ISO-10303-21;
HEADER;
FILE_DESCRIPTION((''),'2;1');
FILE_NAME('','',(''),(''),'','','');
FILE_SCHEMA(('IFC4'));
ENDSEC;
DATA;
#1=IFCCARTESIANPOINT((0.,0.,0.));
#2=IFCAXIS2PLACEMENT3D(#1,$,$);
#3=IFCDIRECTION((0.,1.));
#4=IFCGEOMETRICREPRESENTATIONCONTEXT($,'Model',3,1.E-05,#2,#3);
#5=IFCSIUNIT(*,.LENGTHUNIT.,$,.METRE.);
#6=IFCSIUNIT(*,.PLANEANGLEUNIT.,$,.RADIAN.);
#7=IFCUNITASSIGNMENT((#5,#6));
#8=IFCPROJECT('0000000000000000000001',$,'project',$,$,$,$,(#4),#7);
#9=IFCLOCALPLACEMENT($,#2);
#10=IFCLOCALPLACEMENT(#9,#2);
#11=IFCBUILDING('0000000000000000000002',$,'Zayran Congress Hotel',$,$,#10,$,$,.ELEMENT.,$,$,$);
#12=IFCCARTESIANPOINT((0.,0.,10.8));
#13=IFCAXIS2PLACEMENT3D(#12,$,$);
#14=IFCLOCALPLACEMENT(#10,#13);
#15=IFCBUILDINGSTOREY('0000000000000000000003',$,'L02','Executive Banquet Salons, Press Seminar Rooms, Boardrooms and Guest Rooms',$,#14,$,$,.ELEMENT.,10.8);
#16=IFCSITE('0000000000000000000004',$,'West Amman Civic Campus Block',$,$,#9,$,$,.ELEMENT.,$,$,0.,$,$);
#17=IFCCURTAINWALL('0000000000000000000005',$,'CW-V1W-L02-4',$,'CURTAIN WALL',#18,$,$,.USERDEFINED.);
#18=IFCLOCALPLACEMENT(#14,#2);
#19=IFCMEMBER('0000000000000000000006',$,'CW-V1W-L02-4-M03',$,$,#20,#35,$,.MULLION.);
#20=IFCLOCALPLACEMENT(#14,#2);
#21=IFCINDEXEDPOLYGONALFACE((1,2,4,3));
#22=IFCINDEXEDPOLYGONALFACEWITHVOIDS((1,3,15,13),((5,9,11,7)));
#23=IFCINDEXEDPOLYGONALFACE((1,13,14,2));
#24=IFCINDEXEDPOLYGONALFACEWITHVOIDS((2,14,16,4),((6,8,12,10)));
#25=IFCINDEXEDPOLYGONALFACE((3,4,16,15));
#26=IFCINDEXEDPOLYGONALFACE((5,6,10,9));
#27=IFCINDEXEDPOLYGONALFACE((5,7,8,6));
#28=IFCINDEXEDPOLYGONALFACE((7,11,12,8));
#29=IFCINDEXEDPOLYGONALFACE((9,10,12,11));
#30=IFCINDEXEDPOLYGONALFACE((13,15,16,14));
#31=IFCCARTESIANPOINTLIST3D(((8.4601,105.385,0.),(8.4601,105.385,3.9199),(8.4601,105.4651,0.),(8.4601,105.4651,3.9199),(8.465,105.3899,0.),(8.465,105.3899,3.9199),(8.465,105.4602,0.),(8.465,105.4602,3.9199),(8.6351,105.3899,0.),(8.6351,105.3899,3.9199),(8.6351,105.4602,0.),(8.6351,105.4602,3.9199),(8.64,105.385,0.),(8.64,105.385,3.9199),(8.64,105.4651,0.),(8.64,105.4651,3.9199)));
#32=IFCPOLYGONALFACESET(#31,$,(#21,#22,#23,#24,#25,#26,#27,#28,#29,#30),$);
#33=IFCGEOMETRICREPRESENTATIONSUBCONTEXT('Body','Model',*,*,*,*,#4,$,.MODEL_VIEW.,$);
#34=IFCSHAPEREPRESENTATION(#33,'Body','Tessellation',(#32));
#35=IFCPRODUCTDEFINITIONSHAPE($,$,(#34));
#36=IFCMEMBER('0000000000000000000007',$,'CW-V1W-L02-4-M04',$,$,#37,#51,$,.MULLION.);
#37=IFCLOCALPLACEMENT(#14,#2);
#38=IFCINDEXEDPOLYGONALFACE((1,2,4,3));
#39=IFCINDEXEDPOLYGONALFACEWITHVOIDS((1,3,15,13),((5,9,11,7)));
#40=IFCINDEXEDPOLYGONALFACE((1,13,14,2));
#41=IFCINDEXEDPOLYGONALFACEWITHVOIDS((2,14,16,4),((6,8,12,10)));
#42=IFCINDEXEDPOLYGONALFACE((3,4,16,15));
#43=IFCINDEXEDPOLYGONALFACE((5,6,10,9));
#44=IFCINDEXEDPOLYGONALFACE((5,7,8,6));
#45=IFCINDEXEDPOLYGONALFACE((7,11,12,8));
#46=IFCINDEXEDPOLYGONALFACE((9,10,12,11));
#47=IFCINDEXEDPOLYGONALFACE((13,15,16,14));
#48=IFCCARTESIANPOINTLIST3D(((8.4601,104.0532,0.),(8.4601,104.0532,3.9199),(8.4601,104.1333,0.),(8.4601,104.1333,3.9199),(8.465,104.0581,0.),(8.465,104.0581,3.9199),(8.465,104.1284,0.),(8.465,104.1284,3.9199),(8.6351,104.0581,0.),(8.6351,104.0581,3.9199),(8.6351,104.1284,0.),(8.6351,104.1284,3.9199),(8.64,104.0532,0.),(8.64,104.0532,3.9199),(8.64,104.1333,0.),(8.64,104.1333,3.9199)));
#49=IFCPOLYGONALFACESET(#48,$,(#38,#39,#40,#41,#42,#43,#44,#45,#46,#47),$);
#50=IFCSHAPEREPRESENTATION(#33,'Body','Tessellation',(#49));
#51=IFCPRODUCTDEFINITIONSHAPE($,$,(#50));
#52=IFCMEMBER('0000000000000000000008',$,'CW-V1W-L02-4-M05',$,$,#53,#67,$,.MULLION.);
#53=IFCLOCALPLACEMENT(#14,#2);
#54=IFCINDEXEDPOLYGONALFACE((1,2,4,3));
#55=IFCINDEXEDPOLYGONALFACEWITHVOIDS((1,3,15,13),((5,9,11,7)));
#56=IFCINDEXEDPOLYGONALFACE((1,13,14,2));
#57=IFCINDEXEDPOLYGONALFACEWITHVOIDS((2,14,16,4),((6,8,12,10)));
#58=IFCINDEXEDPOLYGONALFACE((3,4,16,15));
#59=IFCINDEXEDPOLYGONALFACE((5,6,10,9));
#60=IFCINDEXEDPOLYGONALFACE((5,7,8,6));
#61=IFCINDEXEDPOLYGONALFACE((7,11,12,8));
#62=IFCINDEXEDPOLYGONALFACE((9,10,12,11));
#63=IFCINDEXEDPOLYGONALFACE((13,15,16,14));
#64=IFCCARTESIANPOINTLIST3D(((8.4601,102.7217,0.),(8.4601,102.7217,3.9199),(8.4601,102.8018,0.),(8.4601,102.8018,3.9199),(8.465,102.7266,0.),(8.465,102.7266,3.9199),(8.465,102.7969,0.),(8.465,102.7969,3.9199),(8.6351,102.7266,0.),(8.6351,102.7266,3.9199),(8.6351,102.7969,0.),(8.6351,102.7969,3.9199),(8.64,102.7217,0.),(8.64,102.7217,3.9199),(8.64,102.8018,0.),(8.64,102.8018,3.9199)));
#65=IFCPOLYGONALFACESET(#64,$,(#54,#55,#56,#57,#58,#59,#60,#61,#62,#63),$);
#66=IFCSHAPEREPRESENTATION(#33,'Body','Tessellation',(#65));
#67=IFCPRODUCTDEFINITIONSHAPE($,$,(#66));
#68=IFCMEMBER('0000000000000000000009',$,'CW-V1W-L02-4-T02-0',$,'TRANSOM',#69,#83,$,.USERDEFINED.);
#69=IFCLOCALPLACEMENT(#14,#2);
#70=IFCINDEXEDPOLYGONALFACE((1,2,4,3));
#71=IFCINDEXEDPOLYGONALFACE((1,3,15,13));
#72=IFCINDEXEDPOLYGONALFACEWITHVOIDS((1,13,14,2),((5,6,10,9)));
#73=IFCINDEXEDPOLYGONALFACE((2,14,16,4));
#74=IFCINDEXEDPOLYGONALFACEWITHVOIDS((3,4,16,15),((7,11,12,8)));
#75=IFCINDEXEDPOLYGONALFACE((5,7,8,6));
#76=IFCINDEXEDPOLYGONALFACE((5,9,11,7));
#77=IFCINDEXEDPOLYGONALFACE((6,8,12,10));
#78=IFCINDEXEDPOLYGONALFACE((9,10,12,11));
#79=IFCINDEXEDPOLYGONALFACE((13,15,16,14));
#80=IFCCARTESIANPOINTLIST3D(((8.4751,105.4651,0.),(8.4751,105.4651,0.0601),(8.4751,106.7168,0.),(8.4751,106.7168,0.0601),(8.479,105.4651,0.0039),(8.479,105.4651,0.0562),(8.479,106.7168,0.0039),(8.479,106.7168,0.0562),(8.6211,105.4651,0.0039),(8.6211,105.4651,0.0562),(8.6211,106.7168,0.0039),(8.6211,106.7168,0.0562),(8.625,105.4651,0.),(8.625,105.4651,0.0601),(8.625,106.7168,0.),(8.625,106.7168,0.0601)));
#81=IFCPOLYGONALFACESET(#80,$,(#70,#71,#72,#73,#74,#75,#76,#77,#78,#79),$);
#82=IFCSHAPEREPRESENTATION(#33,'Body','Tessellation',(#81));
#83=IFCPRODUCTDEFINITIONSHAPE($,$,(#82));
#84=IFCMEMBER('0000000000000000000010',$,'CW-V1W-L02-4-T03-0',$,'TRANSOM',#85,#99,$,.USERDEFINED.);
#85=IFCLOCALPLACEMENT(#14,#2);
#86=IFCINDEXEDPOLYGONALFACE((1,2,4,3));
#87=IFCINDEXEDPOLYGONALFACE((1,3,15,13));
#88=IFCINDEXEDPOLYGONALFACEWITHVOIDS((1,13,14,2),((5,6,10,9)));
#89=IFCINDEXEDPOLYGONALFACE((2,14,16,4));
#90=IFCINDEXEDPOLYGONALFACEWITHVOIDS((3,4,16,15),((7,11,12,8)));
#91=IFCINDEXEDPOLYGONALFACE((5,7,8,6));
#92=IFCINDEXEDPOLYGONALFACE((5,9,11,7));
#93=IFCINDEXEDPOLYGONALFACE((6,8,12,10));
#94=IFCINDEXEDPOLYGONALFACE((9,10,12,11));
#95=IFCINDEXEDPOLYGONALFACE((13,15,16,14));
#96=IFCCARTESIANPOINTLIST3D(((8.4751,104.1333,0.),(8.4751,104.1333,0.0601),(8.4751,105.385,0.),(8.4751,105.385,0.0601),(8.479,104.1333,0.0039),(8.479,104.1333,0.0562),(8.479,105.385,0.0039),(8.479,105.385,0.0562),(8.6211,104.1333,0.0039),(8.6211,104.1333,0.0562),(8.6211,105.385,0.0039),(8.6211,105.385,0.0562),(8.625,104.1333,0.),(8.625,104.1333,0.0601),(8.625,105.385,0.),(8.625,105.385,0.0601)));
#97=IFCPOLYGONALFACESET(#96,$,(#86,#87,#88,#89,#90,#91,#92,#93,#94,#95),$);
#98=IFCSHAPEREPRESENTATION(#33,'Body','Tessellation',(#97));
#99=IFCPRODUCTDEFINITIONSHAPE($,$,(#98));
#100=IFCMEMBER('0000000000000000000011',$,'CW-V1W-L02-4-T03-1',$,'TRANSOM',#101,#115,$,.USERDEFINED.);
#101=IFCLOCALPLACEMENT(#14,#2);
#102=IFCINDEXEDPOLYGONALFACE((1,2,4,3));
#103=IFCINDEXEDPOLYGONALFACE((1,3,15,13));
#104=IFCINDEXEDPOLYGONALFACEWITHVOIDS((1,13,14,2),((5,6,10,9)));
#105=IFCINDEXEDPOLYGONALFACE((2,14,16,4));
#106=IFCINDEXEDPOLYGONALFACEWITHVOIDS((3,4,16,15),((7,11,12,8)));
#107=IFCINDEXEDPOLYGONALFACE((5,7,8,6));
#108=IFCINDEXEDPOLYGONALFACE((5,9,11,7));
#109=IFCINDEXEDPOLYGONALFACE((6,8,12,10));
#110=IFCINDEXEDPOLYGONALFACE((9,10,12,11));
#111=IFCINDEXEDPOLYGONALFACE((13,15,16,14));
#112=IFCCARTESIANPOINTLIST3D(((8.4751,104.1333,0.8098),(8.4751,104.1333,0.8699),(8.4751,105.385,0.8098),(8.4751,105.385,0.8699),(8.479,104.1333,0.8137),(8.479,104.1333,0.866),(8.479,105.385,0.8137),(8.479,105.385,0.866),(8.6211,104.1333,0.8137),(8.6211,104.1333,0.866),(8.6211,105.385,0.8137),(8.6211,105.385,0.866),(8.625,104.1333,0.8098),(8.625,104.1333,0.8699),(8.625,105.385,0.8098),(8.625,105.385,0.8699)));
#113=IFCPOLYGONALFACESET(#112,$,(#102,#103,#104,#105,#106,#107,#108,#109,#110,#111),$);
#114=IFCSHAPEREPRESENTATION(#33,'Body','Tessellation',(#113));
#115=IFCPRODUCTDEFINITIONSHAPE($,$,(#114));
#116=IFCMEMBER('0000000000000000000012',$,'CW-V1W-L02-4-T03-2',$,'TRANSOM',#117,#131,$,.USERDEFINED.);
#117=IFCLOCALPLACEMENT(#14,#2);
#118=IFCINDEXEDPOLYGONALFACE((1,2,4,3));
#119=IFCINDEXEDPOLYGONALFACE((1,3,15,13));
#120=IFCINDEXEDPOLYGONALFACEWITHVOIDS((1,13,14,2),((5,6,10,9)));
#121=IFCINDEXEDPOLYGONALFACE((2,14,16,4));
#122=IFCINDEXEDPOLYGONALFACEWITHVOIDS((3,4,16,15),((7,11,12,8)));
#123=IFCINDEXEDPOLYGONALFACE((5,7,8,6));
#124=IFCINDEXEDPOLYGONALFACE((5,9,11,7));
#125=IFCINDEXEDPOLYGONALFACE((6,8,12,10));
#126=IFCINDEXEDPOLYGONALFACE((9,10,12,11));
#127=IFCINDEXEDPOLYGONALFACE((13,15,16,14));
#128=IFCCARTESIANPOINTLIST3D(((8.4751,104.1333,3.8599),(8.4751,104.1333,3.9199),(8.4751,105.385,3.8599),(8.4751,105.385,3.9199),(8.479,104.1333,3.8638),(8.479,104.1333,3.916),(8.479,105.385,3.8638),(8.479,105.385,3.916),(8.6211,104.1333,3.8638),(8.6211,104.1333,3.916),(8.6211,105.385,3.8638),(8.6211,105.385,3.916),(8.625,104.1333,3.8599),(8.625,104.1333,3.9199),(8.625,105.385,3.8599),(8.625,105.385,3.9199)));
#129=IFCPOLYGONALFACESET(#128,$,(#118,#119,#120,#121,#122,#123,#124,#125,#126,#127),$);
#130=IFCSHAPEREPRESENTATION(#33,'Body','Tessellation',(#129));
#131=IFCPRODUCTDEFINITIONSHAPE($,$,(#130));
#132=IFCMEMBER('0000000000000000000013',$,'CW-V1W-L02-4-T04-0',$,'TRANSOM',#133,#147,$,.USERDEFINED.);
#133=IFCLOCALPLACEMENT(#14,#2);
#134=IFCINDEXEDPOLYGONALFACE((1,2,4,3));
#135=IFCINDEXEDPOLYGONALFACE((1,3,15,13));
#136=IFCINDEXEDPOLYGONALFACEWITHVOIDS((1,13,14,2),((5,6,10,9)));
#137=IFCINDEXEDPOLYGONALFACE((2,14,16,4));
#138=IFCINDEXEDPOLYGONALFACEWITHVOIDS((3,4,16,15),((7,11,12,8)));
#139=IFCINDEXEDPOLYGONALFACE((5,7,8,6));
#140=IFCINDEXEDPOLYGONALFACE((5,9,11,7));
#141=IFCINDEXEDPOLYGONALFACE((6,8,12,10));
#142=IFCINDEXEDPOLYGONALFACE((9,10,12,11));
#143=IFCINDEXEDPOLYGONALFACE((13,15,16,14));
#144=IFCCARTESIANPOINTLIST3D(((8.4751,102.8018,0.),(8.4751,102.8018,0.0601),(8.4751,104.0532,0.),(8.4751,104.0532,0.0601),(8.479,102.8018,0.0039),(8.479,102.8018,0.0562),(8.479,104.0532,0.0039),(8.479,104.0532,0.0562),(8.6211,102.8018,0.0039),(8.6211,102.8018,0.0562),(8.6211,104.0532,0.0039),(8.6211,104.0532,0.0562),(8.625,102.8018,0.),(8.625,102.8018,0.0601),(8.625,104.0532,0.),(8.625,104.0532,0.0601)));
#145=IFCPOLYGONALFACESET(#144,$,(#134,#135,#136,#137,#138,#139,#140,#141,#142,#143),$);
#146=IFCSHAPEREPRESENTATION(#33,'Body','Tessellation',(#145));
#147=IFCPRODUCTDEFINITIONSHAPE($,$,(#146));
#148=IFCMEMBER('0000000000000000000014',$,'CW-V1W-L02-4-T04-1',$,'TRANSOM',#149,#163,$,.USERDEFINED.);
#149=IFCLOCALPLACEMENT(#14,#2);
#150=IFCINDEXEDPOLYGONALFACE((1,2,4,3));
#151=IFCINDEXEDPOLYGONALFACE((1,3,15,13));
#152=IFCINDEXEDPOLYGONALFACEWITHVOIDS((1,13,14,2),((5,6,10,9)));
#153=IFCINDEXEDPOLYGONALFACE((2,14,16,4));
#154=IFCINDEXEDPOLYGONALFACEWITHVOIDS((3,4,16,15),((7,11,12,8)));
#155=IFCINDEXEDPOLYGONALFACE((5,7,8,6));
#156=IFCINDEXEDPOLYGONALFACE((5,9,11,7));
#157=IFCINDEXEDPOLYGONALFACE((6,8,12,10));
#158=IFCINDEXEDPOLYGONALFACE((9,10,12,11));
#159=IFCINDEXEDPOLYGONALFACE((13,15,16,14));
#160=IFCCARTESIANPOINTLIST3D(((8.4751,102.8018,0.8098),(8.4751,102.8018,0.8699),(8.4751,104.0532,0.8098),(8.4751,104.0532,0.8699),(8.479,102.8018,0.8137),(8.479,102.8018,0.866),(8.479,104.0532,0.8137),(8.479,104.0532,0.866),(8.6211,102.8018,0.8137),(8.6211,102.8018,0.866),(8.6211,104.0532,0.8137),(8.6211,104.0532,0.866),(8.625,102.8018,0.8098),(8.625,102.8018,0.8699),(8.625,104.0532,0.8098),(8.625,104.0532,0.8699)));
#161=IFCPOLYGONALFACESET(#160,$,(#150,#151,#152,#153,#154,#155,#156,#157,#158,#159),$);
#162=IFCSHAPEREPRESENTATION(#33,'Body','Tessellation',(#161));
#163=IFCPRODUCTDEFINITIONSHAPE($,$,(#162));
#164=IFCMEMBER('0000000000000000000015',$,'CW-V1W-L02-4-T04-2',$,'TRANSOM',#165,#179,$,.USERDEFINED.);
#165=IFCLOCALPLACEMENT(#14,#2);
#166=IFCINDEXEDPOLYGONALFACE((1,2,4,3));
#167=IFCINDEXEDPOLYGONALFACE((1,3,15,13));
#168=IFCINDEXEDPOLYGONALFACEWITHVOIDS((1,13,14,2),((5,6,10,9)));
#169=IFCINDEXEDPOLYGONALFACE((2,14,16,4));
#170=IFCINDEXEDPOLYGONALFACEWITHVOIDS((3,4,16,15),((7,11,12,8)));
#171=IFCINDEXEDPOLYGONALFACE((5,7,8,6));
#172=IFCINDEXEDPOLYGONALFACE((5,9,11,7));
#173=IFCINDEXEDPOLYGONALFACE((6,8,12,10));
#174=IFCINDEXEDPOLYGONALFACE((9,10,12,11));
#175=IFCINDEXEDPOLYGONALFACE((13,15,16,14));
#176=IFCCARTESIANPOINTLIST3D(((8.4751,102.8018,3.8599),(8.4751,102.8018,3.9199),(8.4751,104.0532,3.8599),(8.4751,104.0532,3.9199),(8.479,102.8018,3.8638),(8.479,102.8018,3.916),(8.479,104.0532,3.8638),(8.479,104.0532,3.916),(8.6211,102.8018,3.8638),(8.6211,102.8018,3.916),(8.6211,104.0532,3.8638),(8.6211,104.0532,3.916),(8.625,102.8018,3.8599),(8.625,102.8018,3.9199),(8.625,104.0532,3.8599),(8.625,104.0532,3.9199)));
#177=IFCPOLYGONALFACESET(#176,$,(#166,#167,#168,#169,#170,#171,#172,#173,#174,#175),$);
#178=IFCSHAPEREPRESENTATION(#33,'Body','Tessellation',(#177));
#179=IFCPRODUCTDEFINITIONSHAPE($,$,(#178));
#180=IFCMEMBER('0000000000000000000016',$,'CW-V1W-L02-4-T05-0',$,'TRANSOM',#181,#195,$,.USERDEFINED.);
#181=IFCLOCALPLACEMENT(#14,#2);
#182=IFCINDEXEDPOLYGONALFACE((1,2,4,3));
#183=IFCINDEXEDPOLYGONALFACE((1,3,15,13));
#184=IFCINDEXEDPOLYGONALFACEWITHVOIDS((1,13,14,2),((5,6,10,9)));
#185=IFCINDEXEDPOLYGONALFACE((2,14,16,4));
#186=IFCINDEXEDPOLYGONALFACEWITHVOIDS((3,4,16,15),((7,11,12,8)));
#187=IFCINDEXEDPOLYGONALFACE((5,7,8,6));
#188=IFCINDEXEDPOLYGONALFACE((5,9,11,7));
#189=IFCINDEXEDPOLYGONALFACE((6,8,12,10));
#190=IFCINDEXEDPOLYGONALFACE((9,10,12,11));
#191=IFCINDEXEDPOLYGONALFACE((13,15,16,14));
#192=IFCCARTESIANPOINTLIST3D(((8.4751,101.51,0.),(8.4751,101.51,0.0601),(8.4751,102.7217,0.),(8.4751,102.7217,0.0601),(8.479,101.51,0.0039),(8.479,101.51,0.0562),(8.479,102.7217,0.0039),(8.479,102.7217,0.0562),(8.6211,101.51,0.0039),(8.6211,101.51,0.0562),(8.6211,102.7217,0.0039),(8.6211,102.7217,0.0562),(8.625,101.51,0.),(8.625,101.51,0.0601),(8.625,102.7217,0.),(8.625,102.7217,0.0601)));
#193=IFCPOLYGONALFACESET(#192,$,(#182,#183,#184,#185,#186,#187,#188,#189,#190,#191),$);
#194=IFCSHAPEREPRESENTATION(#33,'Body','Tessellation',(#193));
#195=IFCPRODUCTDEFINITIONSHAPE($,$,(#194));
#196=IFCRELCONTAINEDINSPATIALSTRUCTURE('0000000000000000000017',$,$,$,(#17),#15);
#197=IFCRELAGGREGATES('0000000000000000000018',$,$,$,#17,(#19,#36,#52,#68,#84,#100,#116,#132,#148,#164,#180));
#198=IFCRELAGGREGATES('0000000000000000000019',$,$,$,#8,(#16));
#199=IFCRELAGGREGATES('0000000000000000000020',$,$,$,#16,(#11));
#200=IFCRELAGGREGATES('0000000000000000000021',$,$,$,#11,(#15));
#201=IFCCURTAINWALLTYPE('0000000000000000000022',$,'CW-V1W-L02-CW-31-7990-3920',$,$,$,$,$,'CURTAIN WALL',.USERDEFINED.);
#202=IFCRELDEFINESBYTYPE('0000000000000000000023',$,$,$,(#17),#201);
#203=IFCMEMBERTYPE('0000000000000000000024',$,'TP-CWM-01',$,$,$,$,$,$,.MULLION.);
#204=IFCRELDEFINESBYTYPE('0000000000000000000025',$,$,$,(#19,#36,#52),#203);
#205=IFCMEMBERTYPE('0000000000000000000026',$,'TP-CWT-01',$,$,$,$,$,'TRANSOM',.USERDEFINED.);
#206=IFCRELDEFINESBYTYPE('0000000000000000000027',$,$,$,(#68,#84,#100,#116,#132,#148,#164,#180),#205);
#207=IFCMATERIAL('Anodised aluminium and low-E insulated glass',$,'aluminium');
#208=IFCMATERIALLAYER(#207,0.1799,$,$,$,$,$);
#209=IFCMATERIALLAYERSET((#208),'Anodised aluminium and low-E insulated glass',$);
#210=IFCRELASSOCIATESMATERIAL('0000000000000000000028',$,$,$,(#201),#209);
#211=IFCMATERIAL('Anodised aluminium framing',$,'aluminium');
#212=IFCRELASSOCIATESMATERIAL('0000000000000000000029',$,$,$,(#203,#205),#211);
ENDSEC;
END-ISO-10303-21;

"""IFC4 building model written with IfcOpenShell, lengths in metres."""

from ifc_helpers import new_model, si_unit, direction, frame, origin, origin_2d, place, context, subcontext, project, spatial, hollow_rectangle, extrude, material, layer, layer_set, material_profile, profile_set, type_object, element, aggregate, save


model = new_model("IFC4")

# Units and contexts
model_context = context("Model", 3, precision=1e-05, world=origin(), true_north=direction((0.0, 1.0)))
body_context = subcontext(model_context, "Body", "Model", "MODEL_VIEW")
ifc_project = project(units=[si_unit("LENGTHUNIT", "METRE"), si_unit("PLANEANGLEUNIT", "RADIAN")], contexts=[model_context])

# Site, building, storey
site_placement = place(None, origin())
site = spatial("IfcSite", under=ifc_project, at=site_placement, Name="West Amman Civic Campus Block", CompositionType="ELEMENT", RefElevation=0.0)
building_placement = place(site_placement, origin())
building = spatial("IfcBuilding", under=site, at=building_placement, Name="Zayran Congress Hotel", CompositionType="ELEMENT")
storey_placement = place(building_placement, frame((0.0, 0.0, 10.8)))
storey = spatial("IfcBuildingStorey", under=building, at=storey_placement, Name="L02", Description="Executive Banquet Salons, Press Seminar Rooms, Boardrooms and Guest Rooms", CompositionType="ELEMENT", Elevation=10.8)

# Curtain wall, members
ifc_material_1 = material(Name="Anodised aluminium and low-E insulated glass", Category="aluminium")
ifc_layer_1 = layer(ifc_material_1, 0.1799)
ifc_layer_set_1 = layer_set([ifc_layer_1], Name="Anodised aluminium and low-E insulated glass")
curtain_wall_type = type_object("IfcCurtainWallType", Name="CW-V1W-L02-CW-31-7990-3920", ElementType="CURTAIN WALL", PredefinedType="USERDEFINED", material=ifc_layer_set_1)
curtain_wall_placement = place(storey_placement, origin())
curtain_wall = element("IfcCurtainWall", 1, at=curtain_wall_placement, inside=storey, type_object=curtain_wall_type, Name="CW-V1W-L02-4", ObjectType="CURTAIN WALL", PredefinedType="USERDEFINED")
ifc_material_2 = material(Name="Anodised aluminium framing", Category="aluminium")
ifc_material_profile_1 = material_profile(ifc_material_2, hollow_rectangle(XDim=0.0801, YDim=0.1799, WallThickness=0.0049, at=origin_2d()), Name="RHS 180x80x5")
ifc_profile_set_1 = profile_set([ifc_material_profile_1], Name="Anodised aluminium framing")
member_type_1 = type_object("IfcMemberType", Name="TP-CWM-01", PredefinedType="MULLION", material=ifc_profile_set_1)
member_1_placement = place(storey_placement, frame((8.55, 105.425, 0.0), z_axis=(0.0, 0.0, 1.0), x_axis=(0.0, 1.0, 0.0)))
member_1 = element("IfcMember", 2, at=member_1_placement, type_object=member_type_1, Name="CW-V1W-L02-4-M03", PredefinedType="MULLION", context=body_context, shape_type="SweptSolid", body=[
    extrude(hollow_rectangle(XDim=0.0801, YDim=0.1799, WallThickness=0.0049, at=origin_2d()), origin(), (0.0, 0.0, 1.0), 3.9199),
])
member_2_placement = place(storey_placement, frame((8.55, 104.0933, 0.0), z_axis=(0.0, 0.0, 1.0), x_axis=(0.0, 1.0, 0.0)))
member_2 = element("IfcMember", 3, at=member_2_placement, type_object=member_type_1, Name="CW-V1W-L02-4-M04", PredefinedType="MULLION", context=body_context, shape_type="SweptSolid", body=[
    extrude(hollow_rectangle(XDim=0.0801, YDim=0.1799, WallThickness=0.0049, at=origin_2d()), origin(), (0.0, 0.0, 1.0), 3.9199),
])
member_3_placement = place(storey_placement, frame((8.55, 102.7617, 0.0), z_axis=(0.0, 0.0, 1.0), x_axis=(0.0, 1.0, 0.0)))
member_3 = element("IfcMember", 4, at=member_3_placement, type_object=member_type_1, Name="CW-V1W-L02-4-M05", PredefinedType="MULLION", context=body_context, shape_type="SweptSolid", body=[
    extrude(hollow_rectangle(XDim=0.0801, YDim=0.1799, WallThickness=0.0049, at=origin_2d()), origin(), (0.0, 0.0, 1.0), 3.9199),
])
ifc_material_profile_2 = material_profile(ifc_material_2, hollow_rectangle(XDim=0.0601, YDim=0.1499, WallThickness=0.0039, at=origin_2d()), Name="RHS 150x60x4")
ifc_profile_set_2 = profile_set([ifc_material_profile_2], Name="Anodised aluminium framing")
member_type_2 = type_object("IfcMemberType", Name="TP-CWT-01", ElementType="TRANSOM", PredefinedType="USERDEFINED", material=ifc_profile_set_2)
member_4_placement = place(storey_placement, frame((8.55, 106.7168, 0.03), z_axis=(0.0, -1.0, 0.0), x_axis=(0.0, 0.0, 1.0)))
member_4 = element("IfcMember", 5, at=member_4_placement, type_object=member_type_2, Name="CW-V1W-L02-4-T02-0", ObjectType="TRANSOM", PredefinedType="USERDEFINED", context=body_context, shape_type="SweptSolid", body=[
    extrude(hollow_rectangle(XDim=0.0601, YDim=0.1499, WallThickness=0.0039, at=origin_2d()), origin(), (0.0, 0.0, 1.0), 1.2517),
])
member_5_placement = place(storey_placement, frame((8.55, 105.385, 0.03), z_axis=(0.0, -1.0, 0.0), x_axis=(0.0, 0.0, 1.0)))
member_5 = element("IfcMember", 6, at=member_5_placement, type_object=member_type_2, Name="CW-V1W-L02-4-T03-0", ObjectType="TRANSOM", PredefinedType="USERDEFINED", context=body_context, shape_type="SweptSolid", body=[
    extrude(hollow_rectangle(XDim=0.0601, YDim=0.1499, WallThickness=0.0039, at=origin_2d()), origin(), (0.0, 0.0, 1.0), 1.2517),
])
member_6_placement = place(storey_placement, frame((8.55, 105.385, 0.8398), z_axis=(0.0, -1.0, 0.0), x_axis=(0.0, 0.0, 1.0)))
member_6 = element("IfcMember", 7, at=member_6_placement, type_object=member_type_2, Name="CW-V1W-L02-4-T03-1", ObjectType="TRANSOM", PredefinedType="USERDEFINED", context=body_context, shape_type="SweptSolid", body=[
    extrude(hollow_rectangle(XDim=0.0601, YDim=0.1499, WallThickness=0.0039, at=origin_2d()), origin(), (0.0, 0.0, 1.0), 1.2517),
])
member_7_placement = place(storey_placement, frame((8.55, 105.385, 3.8899), z_axis=(0.0, -1.0, 0.0), x_axis=(0.0, 0.0, 1.0)))
member_7 = element("IfcMember", 8, at=member_7_placement, type_object=member_type_2, Name="CW-V1W-L02-4-T03-2", ObjectType="TRANSOM", PredefinedType="USERDEFINED", context=body_context, shape_type="SweptSolid", body=[
    extrude(hollow_rectangle(XDim=0.0601, YDim=0.1499, WallThickness=0.0039, at=origin_2d()), origin(), (0.0, 0.0, 1.0), 1.2517),
])
member_8_placement = place(storey_placement, frame((8.55, 104.0532, 0.03), z_axis=(0.0, -1.0, 0.0), x_axis=(0.0, 0.0, 1.0)))
member_8 = element("IfcMember", 9, at=member_8_placement, type_object=member_type_2, Name="CW-V1W-L02-4-T04-0", ObjectType="TRANSOM", PredefinedType="USERDEFINED", context=body_context, shape_type="SweptSolid", body=[
    extrude(hollow_rectangle(XDim=0.0601, YDim=0.1499, WallThickness=0.0039, at=origin_2d()), origin(), (0.0, 0.0, 1.0), 1.2515),
])
member_9_placement = place(storey_placement, frame((8.55, 104.0532, 0.8398), z_axis=(0.0, -1.0, 0.0), x_axis=(0.0, 0.0, 1.0)))
member_9 = element("IfcMember", 10, at=member_9_placement, type_object=member_type_2, Name="CW-V1W-L02-4-T04-1", ObjectType="TRANSOM", PredefinedType="USERDEFINED", context=body_context, shape_type="SweptSolid", body=[
    extrude(hollow_rectangle(XDim=0.0601, YDim=0.1499, WallThickness=0.0039, at=origin_2d()), origin(), (0.0, 0.0, 1.0), 1.2515),
])
member_10_placement = place(storey_placement, frame((8.55, 104.0532, 3.8899), z_axis=(0.0, -1.0, 0.0), x_axis=(0.0, 0.0, 1.0)))
member_10 = element("IfcMember", 11, at=member_10_placement, type_object=member_type_2, Name="CW-V1W-L02-4-T04-2", ObjectType="TRANSOM", PredefinedType="USERDEFINED", context=body_context, shape_type="SweptSolid", body=[
    extrude(hollow_rectangle(XDim=0.0601, YDim=0.1499, WallThickness=0.0039, at=origin_2d()), origin(), (0.0, 0.0, 1.0), 1.2515),
])
member_11_placement = place(storey_placement, frame((8.55, 102.7217, 0.03), z_axis=(0.0, -1.0, 0.0), x_axis=(0.0, 0.0, 1.0)))
member_11 = element("IfcMember", 12, at=member_11_placement, type_object=member_type_2, Name="CW-V1W-L02-4-T05-0", ObjectType="TRANSOM", PredefinedType="USERDEFINED", context=body_context, shape_type="SweptSolid", body=[
    extrude(hollow_rectangle(XDim=0.0601, YDim=0.1499, WallThickness=0.0039, at=origin_2d()), origin(), (0.0, 0.0, 1.0), 1.2117),
])
aggregate(curtain_wall, [member_1, member_2, member_3, member_4, member_5, member_6, member_7, member_8, member_9, member_10, member_11])

save(model, "model.ifc")
